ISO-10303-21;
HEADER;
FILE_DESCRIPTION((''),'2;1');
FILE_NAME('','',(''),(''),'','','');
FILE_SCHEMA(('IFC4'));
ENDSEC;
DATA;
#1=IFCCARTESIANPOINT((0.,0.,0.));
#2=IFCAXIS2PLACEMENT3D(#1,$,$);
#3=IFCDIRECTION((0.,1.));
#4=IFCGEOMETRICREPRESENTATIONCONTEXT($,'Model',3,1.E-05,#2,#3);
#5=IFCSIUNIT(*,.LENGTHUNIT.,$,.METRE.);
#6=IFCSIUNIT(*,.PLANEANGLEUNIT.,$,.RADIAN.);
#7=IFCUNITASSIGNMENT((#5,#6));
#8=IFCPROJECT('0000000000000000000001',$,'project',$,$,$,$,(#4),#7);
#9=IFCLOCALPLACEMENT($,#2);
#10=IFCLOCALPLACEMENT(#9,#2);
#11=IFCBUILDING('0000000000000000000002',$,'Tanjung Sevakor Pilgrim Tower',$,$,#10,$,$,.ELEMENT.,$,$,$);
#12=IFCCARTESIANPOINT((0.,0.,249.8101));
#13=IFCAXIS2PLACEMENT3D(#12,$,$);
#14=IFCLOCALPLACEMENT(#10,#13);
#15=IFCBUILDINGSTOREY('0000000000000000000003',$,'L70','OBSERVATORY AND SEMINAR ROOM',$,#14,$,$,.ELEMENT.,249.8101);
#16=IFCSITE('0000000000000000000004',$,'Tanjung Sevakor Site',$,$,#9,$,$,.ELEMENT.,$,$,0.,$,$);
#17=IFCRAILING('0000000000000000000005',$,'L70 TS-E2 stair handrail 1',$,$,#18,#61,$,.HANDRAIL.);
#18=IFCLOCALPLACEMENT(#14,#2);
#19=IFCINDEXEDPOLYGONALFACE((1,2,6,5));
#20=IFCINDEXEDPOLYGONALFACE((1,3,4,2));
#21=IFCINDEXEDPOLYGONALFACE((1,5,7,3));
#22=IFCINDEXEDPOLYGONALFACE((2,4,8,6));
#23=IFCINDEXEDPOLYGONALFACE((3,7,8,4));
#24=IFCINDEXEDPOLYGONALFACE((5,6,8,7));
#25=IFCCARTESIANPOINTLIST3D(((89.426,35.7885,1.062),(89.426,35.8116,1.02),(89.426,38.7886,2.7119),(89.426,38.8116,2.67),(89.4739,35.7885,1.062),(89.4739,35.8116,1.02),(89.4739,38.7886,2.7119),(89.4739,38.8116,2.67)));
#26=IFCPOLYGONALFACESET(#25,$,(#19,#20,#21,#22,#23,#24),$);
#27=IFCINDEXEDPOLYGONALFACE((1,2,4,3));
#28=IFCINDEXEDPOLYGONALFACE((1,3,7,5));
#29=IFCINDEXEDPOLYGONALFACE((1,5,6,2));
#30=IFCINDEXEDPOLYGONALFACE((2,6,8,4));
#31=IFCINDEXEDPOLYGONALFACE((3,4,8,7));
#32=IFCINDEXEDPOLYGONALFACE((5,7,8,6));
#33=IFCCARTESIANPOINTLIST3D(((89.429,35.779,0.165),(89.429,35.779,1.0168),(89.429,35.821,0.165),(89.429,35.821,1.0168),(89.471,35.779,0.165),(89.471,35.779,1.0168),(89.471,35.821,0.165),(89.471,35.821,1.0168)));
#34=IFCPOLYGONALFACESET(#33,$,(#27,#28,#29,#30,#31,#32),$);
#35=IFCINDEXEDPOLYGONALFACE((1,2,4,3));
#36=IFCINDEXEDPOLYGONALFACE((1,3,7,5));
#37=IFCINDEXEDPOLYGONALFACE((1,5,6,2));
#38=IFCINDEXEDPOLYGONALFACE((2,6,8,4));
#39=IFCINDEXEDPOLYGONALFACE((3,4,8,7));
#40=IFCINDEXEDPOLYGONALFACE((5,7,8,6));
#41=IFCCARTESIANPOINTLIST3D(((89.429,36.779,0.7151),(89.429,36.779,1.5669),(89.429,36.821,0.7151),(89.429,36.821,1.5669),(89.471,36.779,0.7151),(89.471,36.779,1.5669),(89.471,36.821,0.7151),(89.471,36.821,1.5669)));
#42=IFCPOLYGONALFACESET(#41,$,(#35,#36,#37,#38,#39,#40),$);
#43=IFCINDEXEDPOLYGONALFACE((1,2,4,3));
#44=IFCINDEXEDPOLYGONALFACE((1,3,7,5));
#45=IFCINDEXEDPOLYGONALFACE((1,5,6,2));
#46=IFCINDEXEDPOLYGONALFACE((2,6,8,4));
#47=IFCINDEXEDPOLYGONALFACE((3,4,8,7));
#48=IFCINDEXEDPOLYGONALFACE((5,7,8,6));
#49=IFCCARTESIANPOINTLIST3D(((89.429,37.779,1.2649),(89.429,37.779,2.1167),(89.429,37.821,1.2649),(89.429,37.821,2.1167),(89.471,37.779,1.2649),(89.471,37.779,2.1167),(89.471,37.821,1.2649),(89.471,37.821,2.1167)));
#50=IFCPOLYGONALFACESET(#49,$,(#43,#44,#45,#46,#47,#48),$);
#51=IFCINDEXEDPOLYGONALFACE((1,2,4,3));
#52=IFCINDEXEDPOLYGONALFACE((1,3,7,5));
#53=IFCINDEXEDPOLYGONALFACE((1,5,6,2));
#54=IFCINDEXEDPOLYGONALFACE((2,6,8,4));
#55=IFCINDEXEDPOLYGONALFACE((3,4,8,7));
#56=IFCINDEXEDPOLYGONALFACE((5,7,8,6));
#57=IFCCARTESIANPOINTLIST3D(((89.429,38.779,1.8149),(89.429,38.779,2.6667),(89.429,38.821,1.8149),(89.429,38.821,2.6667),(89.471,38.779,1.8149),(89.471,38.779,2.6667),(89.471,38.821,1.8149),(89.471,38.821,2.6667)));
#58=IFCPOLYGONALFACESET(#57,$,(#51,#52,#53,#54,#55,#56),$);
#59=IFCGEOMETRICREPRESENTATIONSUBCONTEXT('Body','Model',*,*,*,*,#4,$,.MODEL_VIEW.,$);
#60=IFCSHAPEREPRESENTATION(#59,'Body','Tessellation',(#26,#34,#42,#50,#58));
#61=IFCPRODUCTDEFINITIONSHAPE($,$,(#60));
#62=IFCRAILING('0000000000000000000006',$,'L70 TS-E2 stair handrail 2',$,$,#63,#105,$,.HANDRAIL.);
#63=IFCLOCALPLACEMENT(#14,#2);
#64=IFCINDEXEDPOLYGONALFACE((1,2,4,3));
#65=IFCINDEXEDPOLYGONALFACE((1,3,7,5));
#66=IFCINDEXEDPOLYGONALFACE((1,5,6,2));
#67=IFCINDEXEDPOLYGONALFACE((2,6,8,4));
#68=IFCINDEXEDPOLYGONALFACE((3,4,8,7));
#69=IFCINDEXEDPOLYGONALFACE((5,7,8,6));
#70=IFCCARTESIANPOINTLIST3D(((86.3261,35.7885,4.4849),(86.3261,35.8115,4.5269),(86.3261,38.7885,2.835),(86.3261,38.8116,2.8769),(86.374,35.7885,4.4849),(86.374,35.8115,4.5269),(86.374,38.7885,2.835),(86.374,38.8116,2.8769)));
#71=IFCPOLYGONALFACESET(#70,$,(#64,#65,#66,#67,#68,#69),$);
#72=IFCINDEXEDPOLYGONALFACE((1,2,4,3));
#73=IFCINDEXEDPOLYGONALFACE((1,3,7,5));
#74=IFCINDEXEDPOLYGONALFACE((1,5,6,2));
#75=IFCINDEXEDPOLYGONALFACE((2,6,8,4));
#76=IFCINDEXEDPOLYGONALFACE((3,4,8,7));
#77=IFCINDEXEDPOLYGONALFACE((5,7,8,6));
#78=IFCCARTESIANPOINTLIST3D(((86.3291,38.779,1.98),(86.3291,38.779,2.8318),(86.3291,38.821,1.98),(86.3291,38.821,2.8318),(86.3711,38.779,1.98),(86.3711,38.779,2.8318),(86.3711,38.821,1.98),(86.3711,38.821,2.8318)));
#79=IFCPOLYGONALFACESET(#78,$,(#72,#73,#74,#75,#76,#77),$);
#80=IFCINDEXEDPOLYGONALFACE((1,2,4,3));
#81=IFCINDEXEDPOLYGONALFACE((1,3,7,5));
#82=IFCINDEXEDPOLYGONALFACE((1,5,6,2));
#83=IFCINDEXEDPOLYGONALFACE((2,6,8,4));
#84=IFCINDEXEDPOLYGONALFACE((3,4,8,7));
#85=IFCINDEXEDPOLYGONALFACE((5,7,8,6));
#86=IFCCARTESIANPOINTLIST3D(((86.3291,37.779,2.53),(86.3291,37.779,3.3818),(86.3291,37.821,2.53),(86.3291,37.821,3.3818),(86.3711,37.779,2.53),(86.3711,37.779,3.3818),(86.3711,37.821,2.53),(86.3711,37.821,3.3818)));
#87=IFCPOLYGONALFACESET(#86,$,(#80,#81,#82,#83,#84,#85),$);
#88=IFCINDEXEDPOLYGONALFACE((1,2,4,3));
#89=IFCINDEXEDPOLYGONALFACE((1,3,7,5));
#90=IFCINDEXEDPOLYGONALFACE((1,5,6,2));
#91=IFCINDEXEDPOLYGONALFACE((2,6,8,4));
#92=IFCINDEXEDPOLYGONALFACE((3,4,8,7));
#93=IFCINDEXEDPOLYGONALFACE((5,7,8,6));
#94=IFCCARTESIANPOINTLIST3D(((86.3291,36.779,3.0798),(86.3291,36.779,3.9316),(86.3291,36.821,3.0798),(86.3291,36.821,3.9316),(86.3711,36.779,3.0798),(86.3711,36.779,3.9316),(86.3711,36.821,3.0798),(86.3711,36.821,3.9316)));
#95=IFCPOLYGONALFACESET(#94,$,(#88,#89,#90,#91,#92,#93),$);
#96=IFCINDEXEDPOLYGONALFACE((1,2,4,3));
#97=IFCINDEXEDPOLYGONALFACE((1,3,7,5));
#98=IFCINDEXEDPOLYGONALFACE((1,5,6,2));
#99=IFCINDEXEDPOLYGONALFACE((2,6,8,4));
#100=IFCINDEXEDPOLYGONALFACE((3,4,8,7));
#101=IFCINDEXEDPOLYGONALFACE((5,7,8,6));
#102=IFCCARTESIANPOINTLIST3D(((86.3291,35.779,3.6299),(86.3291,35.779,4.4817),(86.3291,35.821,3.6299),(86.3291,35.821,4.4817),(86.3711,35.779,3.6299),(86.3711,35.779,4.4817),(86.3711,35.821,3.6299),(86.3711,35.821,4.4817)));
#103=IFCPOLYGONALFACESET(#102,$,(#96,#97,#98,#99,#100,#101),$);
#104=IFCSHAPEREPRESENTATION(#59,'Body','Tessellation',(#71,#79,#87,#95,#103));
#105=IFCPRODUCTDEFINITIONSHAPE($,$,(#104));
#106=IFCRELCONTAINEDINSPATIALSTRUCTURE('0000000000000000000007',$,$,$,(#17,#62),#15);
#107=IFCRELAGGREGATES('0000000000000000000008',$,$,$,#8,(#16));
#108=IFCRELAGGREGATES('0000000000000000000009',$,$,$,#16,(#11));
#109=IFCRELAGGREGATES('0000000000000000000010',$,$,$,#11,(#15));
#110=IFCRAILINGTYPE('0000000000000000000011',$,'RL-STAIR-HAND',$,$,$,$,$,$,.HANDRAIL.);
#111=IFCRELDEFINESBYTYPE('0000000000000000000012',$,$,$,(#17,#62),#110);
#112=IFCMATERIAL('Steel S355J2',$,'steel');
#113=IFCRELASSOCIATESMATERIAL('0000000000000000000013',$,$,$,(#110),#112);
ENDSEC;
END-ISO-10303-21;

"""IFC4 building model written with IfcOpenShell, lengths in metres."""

from ifc_helpers import new_model, si_unit, direction, frame, origin, place, context, subcontext, project, spatial, rectangle, extrude, material, type_object, element, save


model = new_model("IFC4")

# Units and contexts
model_context = context("Model", 3, precision=1e-05, world=origin(), true_north=direction((0.0, 1.0)))
body_context = subcontext(model_context, "Body", "Model", "MODEL_VIEW")
ifc_project = project(units=[si_unit("LENGTHUNIT", "METRE"), si_unit("PLANEANGLEUNIT", "RADIAN")], contexts=[model_context])

# Site, building, storey
site_placement = place(None, origin())
site = spatial("IfcSite", under=ifc_project, at=site_placement, Name="Tanjung Sevakor Site", CompositionType="ELEMENT", RefElevation=0.0)
building_placement = place(site_placement, origin())
building = spatial("IfcBuilding", under=site, at=building_placement, Name="Tanjung Sevakor Pilgrim Tower", CompositionType="ELEMENT")
storey_placement = place(building_placement, frame((0.0, 0.0, 249.8101)))
storey = spatial("IfcBuildingStorey", under=building, at=storey_placement, Name="L70", Description="OBSERVATORY AND SEMINAR ROOM", CompositionType="ELEMENT", Elevation=249.8101)

# Railings
ifc_material_1 = material(Name="Steel S355J2", Category="steel")
railing_type_1 = type_object("IfcRailingType", Name="RL-STAIR-HAND", PredefinedType="HANDRAIL", material=ifc_material_1)
railing_1_placement = place(storey_placement, frame((89.45, 35.8, 0.165)))
element("IfcRailing", 1, at=railing_1_placement, inside=storey, type_object=railing_type_1, Name="L70 TS-E2 stair handrail 1", PredefinedType="HANDRAIL", context=body_context, shape_type="SweptSolid", body=[
    extrude(rectangle(XDim=0.0479, YDim=0.0479), frame((0.0, 0.0, 0.876), z_axis=(0.0, 0.876228, 0.481897), x_axis=(-1.0, 0.0, 0.0)), (0.0, 0.0, 1.0), 3.4238),
    extrude(rectangle(XDim=0.042, YDim=0.042), origin(), (0.0, 0.0, 1.0), 0.8518),
    extrude(rectangle(XDim=0.042, YDim=0.042), frame((0.0, 1.0, 0.55)), (0.0, 0.0, 1.0), 0.8518),
    extrude(rectangle(XDim=0.042, YDim=0.042), frame((0.0, 2.0, 1.0999)), (0.0, 0.0, 1.0), 0.8518),
    extrude(rectangle(XDim=0.042, YDim=0.042), frame((0.0, 3.0, 1.6499)), (0.0, 0.0, 1.0), 0.8518),
])
railing_2_placement = place(storey_placement, frame((86.3501, 38.8, 1.98)))
element("IfcRailing", 2, at=railing_2_placement, inside=storey, type_object=railing_type_1, Name="L70 TS-E2 stair handrail 2", PredefinedType="HANDRAIL", context=body_context, shape_type="SweptSolid", body=[
    extrude(rectangle(XDim=0.0479, YDim=0.0479), frame((0.0, 0.0, 0.876), z_axis=(0.0, -0.876228, 0.481897), x_axis=(1.0, 0.0, 0.0)), (0.0, 0.0, 1.0), 3.4238),
    extrude(rectangle(XDim=0.042, YDim=0.042), origin(), (0.0, 0.0, 1.0), 0.8518),
    extrude(rectangle(XDim=0.042, YDim=0.042), frame((0.0, -1.0, 0.55)), (0.0, 0.0, 1.0), 0.8518),
    extrude(rectangle(XDim=0.042, YDim=0.042), frame((0.0, -2.0, 1.0999)), (0.0, 0.0, 1.0), 0.8518),
    extrude(rectangle(XDim=0.042, YDim=0.042), frame((0.0, -3.0, 1.6499)), (0.0, 0.0, 1.0), 0.8518),
])

save(model, "model.ifc")
